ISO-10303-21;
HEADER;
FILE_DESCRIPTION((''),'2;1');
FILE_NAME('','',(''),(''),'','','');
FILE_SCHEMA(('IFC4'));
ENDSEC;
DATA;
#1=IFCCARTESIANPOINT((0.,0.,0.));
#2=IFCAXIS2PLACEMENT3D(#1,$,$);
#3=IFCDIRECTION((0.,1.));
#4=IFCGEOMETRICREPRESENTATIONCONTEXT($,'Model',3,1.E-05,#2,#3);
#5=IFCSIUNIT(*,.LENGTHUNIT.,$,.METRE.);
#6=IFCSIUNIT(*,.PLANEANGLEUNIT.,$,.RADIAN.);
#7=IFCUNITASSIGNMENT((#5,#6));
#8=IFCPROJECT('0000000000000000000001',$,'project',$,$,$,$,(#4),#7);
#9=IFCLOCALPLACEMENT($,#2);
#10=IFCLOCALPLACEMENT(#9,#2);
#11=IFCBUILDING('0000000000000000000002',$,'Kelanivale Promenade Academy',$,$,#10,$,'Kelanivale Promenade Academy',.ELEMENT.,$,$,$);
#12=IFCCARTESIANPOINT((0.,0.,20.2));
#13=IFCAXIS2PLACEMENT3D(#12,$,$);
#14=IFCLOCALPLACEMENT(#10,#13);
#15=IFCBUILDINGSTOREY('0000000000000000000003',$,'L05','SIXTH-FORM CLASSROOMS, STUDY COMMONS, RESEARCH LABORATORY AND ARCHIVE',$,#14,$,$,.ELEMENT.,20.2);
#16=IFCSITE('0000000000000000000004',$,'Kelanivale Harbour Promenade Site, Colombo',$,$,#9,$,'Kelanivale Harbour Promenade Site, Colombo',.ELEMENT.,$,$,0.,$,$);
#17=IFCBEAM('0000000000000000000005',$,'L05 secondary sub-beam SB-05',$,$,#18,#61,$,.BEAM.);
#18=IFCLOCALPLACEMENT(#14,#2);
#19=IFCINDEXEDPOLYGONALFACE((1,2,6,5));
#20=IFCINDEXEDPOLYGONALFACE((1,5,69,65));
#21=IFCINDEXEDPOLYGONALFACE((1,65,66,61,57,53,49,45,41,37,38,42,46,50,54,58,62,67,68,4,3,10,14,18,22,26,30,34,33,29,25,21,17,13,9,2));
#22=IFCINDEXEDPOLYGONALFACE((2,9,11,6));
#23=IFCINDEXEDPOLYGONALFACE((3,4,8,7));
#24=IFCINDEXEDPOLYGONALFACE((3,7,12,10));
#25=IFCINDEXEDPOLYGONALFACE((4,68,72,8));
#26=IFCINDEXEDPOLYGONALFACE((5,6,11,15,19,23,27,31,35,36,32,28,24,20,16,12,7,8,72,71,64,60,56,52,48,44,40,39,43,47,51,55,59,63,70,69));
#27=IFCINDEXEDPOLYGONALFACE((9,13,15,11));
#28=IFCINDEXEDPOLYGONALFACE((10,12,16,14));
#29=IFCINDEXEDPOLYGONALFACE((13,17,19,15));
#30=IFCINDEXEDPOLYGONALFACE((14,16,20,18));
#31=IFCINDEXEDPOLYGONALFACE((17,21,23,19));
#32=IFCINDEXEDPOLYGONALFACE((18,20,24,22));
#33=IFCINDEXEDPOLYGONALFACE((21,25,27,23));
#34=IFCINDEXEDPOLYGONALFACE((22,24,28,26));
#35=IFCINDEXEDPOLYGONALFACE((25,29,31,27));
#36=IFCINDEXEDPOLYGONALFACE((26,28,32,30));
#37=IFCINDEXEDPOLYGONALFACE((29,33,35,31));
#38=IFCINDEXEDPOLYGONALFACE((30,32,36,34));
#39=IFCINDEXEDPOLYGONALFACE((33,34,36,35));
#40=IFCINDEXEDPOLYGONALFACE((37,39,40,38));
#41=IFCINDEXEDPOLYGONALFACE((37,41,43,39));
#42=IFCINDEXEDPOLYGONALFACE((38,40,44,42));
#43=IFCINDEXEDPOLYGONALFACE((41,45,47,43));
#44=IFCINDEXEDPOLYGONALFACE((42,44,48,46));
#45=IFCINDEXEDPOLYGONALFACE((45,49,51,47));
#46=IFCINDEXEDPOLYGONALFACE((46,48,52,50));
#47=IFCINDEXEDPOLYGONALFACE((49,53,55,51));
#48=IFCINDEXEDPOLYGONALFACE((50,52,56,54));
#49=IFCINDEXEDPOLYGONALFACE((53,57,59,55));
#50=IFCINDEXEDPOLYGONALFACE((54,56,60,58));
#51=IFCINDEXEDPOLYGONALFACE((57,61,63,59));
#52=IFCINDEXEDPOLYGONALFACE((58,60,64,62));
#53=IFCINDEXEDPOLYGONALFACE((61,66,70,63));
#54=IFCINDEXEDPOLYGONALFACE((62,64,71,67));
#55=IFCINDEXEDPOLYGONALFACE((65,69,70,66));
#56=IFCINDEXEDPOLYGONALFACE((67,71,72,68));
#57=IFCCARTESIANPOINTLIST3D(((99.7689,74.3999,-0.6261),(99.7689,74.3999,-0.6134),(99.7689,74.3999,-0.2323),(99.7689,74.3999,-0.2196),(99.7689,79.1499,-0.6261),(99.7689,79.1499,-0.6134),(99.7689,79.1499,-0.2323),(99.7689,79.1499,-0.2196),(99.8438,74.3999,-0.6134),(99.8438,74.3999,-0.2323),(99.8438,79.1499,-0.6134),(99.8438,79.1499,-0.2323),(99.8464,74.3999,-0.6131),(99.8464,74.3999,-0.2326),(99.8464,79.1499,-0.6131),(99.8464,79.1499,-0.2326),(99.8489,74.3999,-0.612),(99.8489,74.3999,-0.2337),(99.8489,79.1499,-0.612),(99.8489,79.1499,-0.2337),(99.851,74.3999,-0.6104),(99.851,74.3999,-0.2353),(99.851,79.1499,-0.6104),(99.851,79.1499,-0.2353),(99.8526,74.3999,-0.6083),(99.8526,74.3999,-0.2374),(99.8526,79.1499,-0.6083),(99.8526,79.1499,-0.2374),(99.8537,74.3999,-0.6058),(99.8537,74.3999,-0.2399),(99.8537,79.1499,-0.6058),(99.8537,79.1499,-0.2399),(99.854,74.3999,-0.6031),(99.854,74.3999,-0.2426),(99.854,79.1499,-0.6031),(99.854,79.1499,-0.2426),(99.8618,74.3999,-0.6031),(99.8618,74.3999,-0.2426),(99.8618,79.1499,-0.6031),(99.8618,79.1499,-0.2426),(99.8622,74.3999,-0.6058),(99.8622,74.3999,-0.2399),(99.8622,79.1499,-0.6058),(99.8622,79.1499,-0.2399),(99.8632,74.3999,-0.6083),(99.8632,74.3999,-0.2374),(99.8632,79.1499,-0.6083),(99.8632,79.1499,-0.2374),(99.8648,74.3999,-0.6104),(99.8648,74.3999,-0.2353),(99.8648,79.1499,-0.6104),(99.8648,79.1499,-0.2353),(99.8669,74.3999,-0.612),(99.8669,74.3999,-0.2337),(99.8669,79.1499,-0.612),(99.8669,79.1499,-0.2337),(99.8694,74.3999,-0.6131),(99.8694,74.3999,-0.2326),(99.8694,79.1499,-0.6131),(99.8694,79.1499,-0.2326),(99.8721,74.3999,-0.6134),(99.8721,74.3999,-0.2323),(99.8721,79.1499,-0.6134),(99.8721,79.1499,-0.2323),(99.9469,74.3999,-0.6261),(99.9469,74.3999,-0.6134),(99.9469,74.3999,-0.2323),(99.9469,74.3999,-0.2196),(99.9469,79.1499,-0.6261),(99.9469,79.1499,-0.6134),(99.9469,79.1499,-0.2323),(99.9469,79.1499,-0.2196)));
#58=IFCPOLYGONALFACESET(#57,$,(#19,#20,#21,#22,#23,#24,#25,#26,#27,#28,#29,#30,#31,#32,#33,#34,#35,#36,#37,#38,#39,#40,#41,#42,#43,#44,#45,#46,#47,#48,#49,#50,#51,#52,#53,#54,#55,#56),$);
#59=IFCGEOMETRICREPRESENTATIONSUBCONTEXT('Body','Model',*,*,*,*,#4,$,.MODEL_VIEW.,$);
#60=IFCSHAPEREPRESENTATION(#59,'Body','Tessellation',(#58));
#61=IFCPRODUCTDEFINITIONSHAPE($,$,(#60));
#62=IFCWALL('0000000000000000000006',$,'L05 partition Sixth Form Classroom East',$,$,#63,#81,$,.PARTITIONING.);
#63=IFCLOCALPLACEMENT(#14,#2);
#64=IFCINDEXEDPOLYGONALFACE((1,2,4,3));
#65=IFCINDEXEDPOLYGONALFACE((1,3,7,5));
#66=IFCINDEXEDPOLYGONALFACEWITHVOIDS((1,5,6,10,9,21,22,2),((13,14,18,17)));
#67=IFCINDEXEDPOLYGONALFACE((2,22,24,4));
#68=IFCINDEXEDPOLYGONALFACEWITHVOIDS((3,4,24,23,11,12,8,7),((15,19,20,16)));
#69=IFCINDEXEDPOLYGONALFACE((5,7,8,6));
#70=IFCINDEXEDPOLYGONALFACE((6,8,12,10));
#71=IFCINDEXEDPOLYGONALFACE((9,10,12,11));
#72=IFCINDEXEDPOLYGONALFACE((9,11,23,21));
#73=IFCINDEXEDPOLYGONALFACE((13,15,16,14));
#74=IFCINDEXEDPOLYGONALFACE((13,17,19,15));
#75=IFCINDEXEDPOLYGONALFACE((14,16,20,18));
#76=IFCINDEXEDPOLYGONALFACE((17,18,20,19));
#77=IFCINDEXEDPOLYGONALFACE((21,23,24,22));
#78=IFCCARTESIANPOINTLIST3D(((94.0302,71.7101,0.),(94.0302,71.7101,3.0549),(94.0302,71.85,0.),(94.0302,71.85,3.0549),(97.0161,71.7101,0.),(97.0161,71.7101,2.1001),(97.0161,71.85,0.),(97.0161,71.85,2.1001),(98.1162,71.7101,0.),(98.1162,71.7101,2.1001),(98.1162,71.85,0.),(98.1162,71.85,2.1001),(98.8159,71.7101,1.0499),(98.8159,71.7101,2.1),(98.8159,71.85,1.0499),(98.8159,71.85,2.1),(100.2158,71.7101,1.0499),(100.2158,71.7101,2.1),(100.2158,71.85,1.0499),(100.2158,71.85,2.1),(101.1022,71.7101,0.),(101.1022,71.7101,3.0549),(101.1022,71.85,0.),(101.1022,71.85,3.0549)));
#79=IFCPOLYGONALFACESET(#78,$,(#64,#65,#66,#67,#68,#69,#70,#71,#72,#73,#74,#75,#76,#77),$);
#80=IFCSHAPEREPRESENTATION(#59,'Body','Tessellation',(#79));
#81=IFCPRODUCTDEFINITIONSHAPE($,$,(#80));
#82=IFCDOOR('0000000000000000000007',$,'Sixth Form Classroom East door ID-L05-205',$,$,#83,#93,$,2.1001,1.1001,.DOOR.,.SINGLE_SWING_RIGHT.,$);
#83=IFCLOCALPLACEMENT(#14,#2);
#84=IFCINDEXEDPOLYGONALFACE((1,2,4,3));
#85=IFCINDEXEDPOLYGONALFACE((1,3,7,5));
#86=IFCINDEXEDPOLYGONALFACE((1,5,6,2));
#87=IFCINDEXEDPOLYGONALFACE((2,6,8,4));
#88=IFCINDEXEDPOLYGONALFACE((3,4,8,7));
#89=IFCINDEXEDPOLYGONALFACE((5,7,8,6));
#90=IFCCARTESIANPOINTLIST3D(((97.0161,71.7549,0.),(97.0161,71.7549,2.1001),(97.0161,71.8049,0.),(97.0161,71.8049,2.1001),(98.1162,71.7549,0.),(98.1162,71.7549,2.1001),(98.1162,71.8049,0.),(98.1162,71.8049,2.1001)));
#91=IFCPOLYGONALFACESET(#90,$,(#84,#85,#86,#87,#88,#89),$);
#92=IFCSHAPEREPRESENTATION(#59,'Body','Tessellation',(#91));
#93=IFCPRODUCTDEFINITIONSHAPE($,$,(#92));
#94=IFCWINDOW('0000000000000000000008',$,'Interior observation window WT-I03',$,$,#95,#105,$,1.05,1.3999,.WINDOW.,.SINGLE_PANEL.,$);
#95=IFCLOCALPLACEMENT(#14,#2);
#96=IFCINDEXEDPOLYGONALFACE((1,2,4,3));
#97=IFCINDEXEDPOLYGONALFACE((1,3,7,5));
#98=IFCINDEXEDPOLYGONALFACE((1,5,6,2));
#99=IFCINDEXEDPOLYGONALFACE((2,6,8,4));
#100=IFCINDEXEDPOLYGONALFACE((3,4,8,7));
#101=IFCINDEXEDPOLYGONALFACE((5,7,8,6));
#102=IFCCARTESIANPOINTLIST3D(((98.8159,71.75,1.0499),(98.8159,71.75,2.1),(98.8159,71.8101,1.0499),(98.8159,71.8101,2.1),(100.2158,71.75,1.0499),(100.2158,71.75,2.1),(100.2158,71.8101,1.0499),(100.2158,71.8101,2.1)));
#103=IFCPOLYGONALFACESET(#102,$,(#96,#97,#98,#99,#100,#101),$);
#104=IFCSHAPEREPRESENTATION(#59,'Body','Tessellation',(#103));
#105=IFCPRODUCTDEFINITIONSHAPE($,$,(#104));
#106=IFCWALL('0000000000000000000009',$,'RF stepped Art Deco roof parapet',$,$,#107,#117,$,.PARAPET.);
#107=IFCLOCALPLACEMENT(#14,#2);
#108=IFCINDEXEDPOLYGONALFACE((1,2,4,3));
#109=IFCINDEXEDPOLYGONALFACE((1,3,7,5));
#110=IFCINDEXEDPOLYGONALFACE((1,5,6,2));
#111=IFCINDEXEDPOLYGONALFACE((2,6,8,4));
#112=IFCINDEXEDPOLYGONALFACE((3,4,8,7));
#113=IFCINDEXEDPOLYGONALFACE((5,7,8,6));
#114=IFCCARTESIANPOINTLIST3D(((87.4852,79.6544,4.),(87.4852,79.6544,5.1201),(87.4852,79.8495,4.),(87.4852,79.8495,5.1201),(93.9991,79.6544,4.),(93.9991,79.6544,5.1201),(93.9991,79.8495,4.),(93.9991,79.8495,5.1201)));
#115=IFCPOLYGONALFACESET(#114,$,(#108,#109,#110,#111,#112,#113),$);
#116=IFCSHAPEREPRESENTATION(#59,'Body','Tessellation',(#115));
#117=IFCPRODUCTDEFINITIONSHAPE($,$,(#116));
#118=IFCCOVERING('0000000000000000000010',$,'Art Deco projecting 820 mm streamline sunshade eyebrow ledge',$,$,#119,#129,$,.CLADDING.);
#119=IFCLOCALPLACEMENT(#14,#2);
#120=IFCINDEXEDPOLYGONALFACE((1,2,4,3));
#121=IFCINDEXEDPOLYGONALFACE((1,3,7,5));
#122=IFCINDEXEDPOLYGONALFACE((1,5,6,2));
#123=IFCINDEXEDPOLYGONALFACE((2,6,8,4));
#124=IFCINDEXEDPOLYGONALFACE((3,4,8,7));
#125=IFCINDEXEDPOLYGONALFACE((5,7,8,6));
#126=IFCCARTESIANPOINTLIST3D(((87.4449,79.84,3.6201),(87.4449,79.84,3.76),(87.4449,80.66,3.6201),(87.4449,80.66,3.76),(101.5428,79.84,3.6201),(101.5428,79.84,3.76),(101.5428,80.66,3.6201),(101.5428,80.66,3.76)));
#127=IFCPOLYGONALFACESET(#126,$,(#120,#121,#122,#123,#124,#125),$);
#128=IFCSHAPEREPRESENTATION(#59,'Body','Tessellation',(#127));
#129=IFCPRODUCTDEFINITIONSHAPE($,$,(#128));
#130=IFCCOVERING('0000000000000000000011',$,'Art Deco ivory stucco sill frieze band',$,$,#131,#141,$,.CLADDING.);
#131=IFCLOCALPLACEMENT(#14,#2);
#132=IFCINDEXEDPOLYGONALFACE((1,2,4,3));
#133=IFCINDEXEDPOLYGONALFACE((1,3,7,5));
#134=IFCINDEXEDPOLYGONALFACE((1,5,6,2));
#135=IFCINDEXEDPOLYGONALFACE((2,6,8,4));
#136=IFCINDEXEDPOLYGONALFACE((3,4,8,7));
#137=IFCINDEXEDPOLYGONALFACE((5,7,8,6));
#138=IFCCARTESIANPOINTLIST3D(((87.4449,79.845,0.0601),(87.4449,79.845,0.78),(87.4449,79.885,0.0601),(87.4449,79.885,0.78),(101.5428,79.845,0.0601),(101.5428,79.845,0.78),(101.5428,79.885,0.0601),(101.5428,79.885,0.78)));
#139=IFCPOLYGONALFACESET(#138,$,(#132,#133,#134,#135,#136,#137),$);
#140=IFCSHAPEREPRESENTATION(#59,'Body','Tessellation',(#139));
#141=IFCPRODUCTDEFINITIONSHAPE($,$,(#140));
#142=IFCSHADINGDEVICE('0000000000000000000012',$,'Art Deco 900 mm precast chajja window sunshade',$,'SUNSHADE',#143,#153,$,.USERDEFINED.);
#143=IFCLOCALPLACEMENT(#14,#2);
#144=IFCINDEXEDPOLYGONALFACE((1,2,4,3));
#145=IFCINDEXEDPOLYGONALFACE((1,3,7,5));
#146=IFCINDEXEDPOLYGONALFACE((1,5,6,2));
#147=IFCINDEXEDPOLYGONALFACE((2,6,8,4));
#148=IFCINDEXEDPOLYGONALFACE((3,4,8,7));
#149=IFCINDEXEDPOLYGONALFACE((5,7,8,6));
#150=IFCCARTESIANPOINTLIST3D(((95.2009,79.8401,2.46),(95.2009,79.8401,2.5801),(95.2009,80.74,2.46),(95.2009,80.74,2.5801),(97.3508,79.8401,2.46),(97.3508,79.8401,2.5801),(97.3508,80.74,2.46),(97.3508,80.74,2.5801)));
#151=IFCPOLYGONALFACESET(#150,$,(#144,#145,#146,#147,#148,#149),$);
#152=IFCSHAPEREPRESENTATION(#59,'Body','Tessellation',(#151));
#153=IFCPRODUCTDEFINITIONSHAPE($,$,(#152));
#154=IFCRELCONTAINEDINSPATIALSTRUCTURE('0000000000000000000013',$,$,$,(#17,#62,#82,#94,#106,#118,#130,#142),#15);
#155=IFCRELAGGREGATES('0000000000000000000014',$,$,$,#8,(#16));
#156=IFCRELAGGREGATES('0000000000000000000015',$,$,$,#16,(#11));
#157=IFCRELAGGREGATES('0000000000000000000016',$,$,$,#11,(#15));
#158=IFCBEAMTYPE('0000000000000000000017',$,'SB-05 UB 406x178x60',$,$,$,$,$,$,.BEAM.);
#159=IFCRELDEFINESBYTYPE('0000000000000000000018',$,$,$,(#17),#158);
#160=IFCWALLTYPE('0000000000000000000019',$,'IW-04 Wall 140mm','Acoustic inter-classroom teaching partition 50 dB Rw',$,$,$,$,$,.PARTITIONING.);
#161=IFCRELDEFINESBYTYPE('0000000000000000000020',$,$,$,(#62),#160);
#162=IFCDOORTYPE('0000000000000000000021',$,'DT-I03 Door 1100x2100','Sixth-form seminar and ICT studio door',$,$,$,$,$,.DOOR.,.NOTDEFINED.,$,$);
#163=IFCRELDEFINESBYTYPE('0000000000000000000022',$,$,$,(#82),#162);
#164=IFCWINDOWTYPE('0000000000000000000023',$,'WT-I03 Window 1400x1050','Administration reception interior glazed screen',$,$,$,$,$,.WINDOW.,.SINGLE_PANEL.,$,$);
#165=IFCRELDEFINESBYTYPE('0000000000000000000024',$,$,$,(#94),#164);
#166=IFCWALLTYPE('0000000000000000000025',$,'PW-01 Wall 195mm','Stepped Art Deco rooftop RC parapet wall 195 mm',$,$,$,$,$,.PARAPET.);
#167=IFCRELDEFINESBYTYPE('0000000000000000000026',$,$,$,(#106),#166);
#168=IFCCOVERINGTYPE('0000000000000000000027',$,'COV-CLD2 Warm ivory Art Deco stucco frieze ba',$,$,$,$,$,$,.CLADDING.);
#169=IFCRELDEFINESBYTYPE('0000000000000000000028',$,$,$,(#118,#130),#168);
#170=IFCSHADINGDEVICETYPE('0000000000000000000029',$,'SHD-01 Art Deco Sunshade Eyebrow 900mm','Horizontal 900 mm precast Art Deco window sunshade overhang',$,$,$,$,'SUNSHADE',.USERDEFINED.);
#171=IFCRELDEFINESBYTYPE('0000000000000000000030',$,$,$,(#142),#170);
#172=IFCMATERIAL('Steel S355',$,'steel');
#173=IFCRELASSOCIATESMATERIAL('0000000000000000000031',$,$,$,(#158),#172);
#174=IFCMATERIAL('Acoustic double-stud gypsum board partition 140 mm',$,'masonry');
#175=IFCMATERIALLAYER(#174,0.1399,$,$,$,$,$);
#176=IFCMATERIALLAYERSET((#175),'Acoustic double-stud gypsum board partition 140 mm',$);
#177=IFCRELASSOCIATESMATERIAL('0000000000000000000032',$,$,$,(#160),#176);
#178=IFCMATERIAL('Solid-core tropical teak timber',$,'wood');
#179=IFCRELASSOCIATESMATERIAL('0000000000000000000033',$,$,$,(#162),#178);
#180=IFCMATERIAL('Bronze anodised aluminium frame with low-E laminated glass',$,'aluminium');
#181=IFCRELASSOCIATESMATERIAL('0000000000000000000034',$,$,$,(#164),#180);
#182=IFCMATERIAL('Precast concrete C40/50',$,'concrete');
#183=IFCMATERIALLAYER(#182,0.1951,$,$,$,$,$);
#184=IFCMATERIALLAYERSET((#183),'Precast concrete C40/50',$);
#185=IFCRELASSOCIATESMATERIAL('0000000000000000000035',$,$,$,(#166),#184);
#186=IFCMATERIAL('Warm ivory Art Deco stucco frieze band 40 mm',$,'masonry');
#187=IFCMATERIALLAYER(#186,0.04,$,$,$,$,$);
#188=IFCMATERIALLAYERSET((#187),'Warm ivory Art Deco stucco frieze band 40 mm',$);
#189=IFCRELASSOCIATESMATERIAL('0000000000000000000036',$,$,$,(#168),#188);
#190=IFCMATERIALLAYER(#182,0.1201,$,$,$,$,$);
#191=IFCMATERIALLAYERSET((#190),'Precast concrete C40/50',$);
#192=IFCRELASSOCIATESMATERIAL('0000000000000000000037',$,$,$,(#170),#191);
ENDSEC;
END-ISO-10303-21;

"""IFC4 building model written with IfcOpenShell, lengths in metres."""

from ifc_helpers import new_model, si_unit, direction, frame, frame_2d, origin, origin_2d, place, context, subcontext, project, spatial, rectangle, i_section, extrude, material, layer, layer_set, material_profile, profile_set, type_object, element, fill, save


model = new_model("IFC4")

# Units and contexts
model_context = context("Model", 3, precision=1e-05, world=origin(), true_north=direction((0.0, 1.0)))
body_context = subcontext(model_context, "Body", "Model", "MODEL_VIEW")
ifc_project = project(units=[si_unit("LENGTHUNIT", "METRE"), si_unit("PLANEANGLEUNIT", "RADIAN")], contexts=[model_context])

# Site, building, storey
site_placement = place(None, origin())
site = spatial("IfcSite", under=ifc_project, at=site_placement, Name="Kelanivale Harbour Promenade Site, Colombo", LongName="Kelanivale Harbour Promenade Site, Colombo", CompositionType="ELEMENT", RefElevation=0.0)
building_placement = place(site_placement, origin())
building = spatial("IfcBuilding", under=site, at=building_placement, Name="Kelanivale Promenade Academy", LongName="Kelanivale Promenade Academy", CompositionType="ELEMENT")
storey_placement = place(building_placement, frame((0.0, 0.0, 20.2)))
storey = spatial("IfcBuildingStorey", under=building, at=storey_placement, Name="L05", Description="SIXTH-FORM CLASSROOMS, STUDY COMMONS, RESEARCH LABORATORY AND ARCHIVE", CompositionType="ELEMENT", Elevation=20.2)

# Beam
ifc_material_1 = material(Name="Steel S355", Category="steel")
ifc_material_profile_1 = material_profile(ifc_material_1, i_section(OverallWidth=0.178, OverallDepth=0.4065, WebThickness=0.0078, FlangeThickness=0.0127, FilletRadius=0.0103, at=origin_2d()), Name="UB 406x178x60")
ifc_profile_set_1 = profile_set([ifc_material_profile_1], Name="Steel S355")
beam_type_1 = type_object("IfcBeamType", Name="SB-05 UB 406x178x60", PredefinedType="BEAM", material=ifc_profile_set_1)
beam_1_placement = place(storey_placement, frame((99.8579, 74.3999, -0.4229), z_axis=(0.0, 1.0, 0.0), x_axis=(-1.0, 0.0, 0.0)))
element("IfcBeam", 1, at=beam_1_placement, inside=storey, type_object=beam_type_1, Name="L05 secondary sub-beam SB-05", PredefinedType="BEAM", context=body_context, shape_type="SweptSolid", body=[
    extrude(i_section(OverallWidth=0.178, OverallDepth=0.4065, WebThickness=0.0078, FlangeThickness=0.0127, FilletRadius=0.0103, at=origin_2d()), origin(), (0.0, 0.0, 1.0), 4.75),
])

# Wall, openings, door, window
ifc_material_2 = material(Name="Acoustic double-stud gypsum board partition 140 mm", Category="masonry")
ifc_layer_1 = layer(ifc_material_2, 0.1399)
ifc_layer_set_1 = layer_set([ifc_layer_1], Name="Acoustic double-stud gypsum board partition 140 mm")
wall_type_1 = type_object("IfcWallType", Name="IW-04 Wall 140mm", Description="Acoustic inter-classroom teaching partition 50 dB Rw", PredefinedType="PARTITIONING", material=ifc_layer_set_1)
wall_1_placement = place(storey_placement, frame((94.03, 71.78, 0.0), z_axis=(0.0, 0.0, 1.0), x_axis=(1.0, 0.0, 0.0)))
wall_1 = element("IfcWall", 2, at=wall_1_placement, inside=storey, type_object=wall_type_1, Name="L05 partition Sixth Form Classroom East", PredefinedType="PARTITIONING", context=body_context, shape_type="SweptSolid", body=[
    extrude(rectangle(XDim=7.072, YDim=0.1399, at=frame_2d((3.5361, 0.0))), origin(), (0.0, 0.0, 1.0), 3.0549),
])
opening_1_placement = place(wall_1_placement, frame((2.9861, 0.0, 0.0)))
opening_1 = element("IfcOpeningElement", 3, at=opening_1_placement, cuts=wall_1, PredefinedType="OPENING", context=body_context, shape_type="SweptSolid", body=[
    extrude(rectangle(XDim=1.1001, YDim=2.1001, at=frame_2d((0.55, 1.05))), frame((0.0, 0.0801, 0.0), z_axis=(0.0, -1.0, 0.0), x_axis=(1.0, 0.0, 0.0)), (0.0, 0.0, 1.0), 0.1599),
])
opening_2_placement = place(wall_1_placement, frame((4.7859, 0.0, 1.05)))
opening_2 = element("IfcOpeningElement", 4, at=opening_2_placement, cuts=wall_1, PredefinedType="OPENING", context=body_context, shape_type="SweptSolid", body=[
    extrude(rectangle(XDim=1.3999, YDim=1.05, at=frame_2d((0.7, 0.5249))), frame((0.0, 0.0801, 0.0), z_axis=(0.0, -1.0, 0.0), x_axis=(1.0, 0.0, 0.0)), (0.0, 0.0, 1.0), 0.1599),
])
ifc_material_3 = material(Name="Solid-core tropical teak timber", Category="wood")
door_type = type_object("IfcDoorType", Name="DT-I03 Door 1100x2100", Description="Sixth-form seminar and ICT studio door", OperationType="NOTDEFINED", PredefinedType="DOOR", material=ifc_material_3)
door_placement = place(opening_1_placement, origin())
door = element("IfcDoor", 5, at=door_placement, inside=storey, type_object=door_type, Name="Sixth Form Classroom East door ID-L05-205", OperationType="SINGLE_SWING_RIGHT", OverallHeight=2.1001, OverallWidth=1.1001, PredefinedType="DOOR", context=body_context, shape_type="SweptSolid", body=[
    extrude(rectangle(XDim=1.1001, YDim=2.1001, at=frame_2d((0.55, 1.05))), frame((0.0, 0.0249, 0.0), z_axis=(0.0, -1.0, 0.0), x_axis=(1.0, 0.0, 0.0)), (0.0, 0.0, 1.0), 0.05),
])
fill(opening_1, door)
ifc_material_4 = material(Name="Bronze anodised aluminium frame with low-E laminated glass", Category="aluminium")
window_type = type_object("IfcWindowType", Name="WT-I03 Window 1400x1050", Description="Administration reception interior glazed screen", PartitioningType="SINGLE_PANEL", PredefinedType="WINDOW", material=ifc_material_4)
window_placement = place(opening_2_placement, origin())
window = element("IfcWindow", 6, at=window_placement, inside=storey, type_object=window_type, Name="Interior observation window WT-I03", OverallHeight=1.05, OverallWidth=1.3999, PartitioningType="SINGLE_PANEL", PredefinedType="WINDOW", context=body_context, shape_type="SweptSolid", body=[
    extrude(rectangle(XDim=1.3999, YDim=1.05, at=frame_2d((0.7, 0.5249))), frame((0.0, 0.03, 0.0), z_axis=(0.0, -1.0, 0.0), x_axis=(1.0, 0.0, 0.0)), (0.0, 0.0, 1.0), 0.0601),
])
fill(opening_2, window)

# Wall
ifc_material_5 = material(Name="Precast concrete C40/50", Category="concrete")
ifc_layer_2 = layer(ifc_material_5, 0.1951)
ifc_layer_set_2 = layer_set([ifc_layer_2], Name="Precast concrete C40/50")
wall_type_2 = type_object("IfcWallType", Name="PW-01 Wall 195mm", Description="Stepped Art Deco rooftop RC parapet wall 195 mm", PredefinedType="PARAPET", material=ifc_layer_set_2)
wall_2_placement = place(storey_placement, frame((93.999, 79.752, 4.0), z_axis=(0.0, 0.0, 1.0), x_axis=(-1.0, 0.0, 0.0)))
element("IfcWall", 7, at=wall_2_placement, inside=storey, type_object=wall_type_2, Name="RF stepped Art Deco roof parapet", PredefinedType="PARAPET", context=body_context, shape_type="SweptSolid", body=[
    extrude(rectangle(XDim=6.5139, YDim=0.1951, at=frame_2d((3.2568, 0.0))), origin(), (0.0, 0.0, 1.0), 1.1201),
])

# Coverings
ifc_material_6 = material(Name="Warm ivory Art Deco stucco frieze band 40 mm", Category="masonry")
ifc_layer_3 = layer(ifc_material_6, 0.04)
ifc_layer_set_3 = layer_set([ifc_layer_3], Name="Warm ivory Art Deco stucco frieze band 40 mm")
covering_type = type_object("IfcCoveringType", Name="COV-CLD2 Warm ivory Art Deco stucco frieze ba", PredefinedType="CLADDING", material=ifc_layer_set_3)
covering_1_placement = place(storey_placement, frame((94.4939, 80.25, 3.6201), z_axis=(0.0, 0.0, 1.0), x_axis=(-1.0, 0.0, 0.0)))
element("IfcCovering", 8, at=covering_1_placement, inside=storey, type_object=covering_type, Name="Art Deco projecting 820 mm streamline sunshade eyebrow ledge", PredefinedType="CLADDING", context=body_context, shape_type="SweptSolid", body=[
    extrude(rectangle(XDim=14.0979, YDim=0.8201, at=origin_2d()), origin(), (0.0, 0.0, 1.0), 0.1399),
])
covering_2_placement = place(storey_placement, frame((94.4939, 79.865, 0.0601), z_axis=(0.0, 0.0, 1.0), x_axis=(-1.0, 0.0, 0.0)))
element("IfcCovering", 9, at=covering_2_placement, inside=storey, type_object=covering_type, Name="Art Deco ivory stucco sill frieze band", PredefinedType="CLADDING", context=body_context, shape_type="SweptSolid", body=[
    extrude(rectangle(XDim=14.0979, YDim=0.04, at=origin_2d()), origin(), (0.0, 0.0, 1.0), 0.72),
])

# Shading device
ifc_layer_4 = layer(ifc_material_5, 0.1201)
ifc_layer_set_4 = layer_set([ifc_layer_4], Name="Precast concrete C40/50")
shading_device_type = type_object("IfcShadingDeviceType", Name="SHD-01 Art Deco Sunshade Eyebrow 900mm", Description="Horizontal 900 mm precast Art Deco window sunshade overhang", ElementType="SUNSHADE", PredefinedType="USERDEFINED", material=ifc_layer_set_4)
shading_device_placement = place(storey_placement, frame((96.2759, 80.29, 2.46), z_axis=(0.0, 0.0, 1.0), x_axis=(-1.0, 0.0, 0.0)))
element("IfcShadingDevice", 10, at=shading_device_placement, inside=storey, type_object=shading_device_type, Name="Art Deco 900 mm precast chajja window sunshade", ObjectType="SUNSHADE", PredefinedType="USERDEFINED", context=body_context, shape_type="SweptSolid", body=[
    extrude(rectangle(XDim=2.1499, YDim=0.8999, at=origin_2d()), origin(), (0.0, 0.0, 1.0), 0.1201),
])

save(model, "model.ifc")
